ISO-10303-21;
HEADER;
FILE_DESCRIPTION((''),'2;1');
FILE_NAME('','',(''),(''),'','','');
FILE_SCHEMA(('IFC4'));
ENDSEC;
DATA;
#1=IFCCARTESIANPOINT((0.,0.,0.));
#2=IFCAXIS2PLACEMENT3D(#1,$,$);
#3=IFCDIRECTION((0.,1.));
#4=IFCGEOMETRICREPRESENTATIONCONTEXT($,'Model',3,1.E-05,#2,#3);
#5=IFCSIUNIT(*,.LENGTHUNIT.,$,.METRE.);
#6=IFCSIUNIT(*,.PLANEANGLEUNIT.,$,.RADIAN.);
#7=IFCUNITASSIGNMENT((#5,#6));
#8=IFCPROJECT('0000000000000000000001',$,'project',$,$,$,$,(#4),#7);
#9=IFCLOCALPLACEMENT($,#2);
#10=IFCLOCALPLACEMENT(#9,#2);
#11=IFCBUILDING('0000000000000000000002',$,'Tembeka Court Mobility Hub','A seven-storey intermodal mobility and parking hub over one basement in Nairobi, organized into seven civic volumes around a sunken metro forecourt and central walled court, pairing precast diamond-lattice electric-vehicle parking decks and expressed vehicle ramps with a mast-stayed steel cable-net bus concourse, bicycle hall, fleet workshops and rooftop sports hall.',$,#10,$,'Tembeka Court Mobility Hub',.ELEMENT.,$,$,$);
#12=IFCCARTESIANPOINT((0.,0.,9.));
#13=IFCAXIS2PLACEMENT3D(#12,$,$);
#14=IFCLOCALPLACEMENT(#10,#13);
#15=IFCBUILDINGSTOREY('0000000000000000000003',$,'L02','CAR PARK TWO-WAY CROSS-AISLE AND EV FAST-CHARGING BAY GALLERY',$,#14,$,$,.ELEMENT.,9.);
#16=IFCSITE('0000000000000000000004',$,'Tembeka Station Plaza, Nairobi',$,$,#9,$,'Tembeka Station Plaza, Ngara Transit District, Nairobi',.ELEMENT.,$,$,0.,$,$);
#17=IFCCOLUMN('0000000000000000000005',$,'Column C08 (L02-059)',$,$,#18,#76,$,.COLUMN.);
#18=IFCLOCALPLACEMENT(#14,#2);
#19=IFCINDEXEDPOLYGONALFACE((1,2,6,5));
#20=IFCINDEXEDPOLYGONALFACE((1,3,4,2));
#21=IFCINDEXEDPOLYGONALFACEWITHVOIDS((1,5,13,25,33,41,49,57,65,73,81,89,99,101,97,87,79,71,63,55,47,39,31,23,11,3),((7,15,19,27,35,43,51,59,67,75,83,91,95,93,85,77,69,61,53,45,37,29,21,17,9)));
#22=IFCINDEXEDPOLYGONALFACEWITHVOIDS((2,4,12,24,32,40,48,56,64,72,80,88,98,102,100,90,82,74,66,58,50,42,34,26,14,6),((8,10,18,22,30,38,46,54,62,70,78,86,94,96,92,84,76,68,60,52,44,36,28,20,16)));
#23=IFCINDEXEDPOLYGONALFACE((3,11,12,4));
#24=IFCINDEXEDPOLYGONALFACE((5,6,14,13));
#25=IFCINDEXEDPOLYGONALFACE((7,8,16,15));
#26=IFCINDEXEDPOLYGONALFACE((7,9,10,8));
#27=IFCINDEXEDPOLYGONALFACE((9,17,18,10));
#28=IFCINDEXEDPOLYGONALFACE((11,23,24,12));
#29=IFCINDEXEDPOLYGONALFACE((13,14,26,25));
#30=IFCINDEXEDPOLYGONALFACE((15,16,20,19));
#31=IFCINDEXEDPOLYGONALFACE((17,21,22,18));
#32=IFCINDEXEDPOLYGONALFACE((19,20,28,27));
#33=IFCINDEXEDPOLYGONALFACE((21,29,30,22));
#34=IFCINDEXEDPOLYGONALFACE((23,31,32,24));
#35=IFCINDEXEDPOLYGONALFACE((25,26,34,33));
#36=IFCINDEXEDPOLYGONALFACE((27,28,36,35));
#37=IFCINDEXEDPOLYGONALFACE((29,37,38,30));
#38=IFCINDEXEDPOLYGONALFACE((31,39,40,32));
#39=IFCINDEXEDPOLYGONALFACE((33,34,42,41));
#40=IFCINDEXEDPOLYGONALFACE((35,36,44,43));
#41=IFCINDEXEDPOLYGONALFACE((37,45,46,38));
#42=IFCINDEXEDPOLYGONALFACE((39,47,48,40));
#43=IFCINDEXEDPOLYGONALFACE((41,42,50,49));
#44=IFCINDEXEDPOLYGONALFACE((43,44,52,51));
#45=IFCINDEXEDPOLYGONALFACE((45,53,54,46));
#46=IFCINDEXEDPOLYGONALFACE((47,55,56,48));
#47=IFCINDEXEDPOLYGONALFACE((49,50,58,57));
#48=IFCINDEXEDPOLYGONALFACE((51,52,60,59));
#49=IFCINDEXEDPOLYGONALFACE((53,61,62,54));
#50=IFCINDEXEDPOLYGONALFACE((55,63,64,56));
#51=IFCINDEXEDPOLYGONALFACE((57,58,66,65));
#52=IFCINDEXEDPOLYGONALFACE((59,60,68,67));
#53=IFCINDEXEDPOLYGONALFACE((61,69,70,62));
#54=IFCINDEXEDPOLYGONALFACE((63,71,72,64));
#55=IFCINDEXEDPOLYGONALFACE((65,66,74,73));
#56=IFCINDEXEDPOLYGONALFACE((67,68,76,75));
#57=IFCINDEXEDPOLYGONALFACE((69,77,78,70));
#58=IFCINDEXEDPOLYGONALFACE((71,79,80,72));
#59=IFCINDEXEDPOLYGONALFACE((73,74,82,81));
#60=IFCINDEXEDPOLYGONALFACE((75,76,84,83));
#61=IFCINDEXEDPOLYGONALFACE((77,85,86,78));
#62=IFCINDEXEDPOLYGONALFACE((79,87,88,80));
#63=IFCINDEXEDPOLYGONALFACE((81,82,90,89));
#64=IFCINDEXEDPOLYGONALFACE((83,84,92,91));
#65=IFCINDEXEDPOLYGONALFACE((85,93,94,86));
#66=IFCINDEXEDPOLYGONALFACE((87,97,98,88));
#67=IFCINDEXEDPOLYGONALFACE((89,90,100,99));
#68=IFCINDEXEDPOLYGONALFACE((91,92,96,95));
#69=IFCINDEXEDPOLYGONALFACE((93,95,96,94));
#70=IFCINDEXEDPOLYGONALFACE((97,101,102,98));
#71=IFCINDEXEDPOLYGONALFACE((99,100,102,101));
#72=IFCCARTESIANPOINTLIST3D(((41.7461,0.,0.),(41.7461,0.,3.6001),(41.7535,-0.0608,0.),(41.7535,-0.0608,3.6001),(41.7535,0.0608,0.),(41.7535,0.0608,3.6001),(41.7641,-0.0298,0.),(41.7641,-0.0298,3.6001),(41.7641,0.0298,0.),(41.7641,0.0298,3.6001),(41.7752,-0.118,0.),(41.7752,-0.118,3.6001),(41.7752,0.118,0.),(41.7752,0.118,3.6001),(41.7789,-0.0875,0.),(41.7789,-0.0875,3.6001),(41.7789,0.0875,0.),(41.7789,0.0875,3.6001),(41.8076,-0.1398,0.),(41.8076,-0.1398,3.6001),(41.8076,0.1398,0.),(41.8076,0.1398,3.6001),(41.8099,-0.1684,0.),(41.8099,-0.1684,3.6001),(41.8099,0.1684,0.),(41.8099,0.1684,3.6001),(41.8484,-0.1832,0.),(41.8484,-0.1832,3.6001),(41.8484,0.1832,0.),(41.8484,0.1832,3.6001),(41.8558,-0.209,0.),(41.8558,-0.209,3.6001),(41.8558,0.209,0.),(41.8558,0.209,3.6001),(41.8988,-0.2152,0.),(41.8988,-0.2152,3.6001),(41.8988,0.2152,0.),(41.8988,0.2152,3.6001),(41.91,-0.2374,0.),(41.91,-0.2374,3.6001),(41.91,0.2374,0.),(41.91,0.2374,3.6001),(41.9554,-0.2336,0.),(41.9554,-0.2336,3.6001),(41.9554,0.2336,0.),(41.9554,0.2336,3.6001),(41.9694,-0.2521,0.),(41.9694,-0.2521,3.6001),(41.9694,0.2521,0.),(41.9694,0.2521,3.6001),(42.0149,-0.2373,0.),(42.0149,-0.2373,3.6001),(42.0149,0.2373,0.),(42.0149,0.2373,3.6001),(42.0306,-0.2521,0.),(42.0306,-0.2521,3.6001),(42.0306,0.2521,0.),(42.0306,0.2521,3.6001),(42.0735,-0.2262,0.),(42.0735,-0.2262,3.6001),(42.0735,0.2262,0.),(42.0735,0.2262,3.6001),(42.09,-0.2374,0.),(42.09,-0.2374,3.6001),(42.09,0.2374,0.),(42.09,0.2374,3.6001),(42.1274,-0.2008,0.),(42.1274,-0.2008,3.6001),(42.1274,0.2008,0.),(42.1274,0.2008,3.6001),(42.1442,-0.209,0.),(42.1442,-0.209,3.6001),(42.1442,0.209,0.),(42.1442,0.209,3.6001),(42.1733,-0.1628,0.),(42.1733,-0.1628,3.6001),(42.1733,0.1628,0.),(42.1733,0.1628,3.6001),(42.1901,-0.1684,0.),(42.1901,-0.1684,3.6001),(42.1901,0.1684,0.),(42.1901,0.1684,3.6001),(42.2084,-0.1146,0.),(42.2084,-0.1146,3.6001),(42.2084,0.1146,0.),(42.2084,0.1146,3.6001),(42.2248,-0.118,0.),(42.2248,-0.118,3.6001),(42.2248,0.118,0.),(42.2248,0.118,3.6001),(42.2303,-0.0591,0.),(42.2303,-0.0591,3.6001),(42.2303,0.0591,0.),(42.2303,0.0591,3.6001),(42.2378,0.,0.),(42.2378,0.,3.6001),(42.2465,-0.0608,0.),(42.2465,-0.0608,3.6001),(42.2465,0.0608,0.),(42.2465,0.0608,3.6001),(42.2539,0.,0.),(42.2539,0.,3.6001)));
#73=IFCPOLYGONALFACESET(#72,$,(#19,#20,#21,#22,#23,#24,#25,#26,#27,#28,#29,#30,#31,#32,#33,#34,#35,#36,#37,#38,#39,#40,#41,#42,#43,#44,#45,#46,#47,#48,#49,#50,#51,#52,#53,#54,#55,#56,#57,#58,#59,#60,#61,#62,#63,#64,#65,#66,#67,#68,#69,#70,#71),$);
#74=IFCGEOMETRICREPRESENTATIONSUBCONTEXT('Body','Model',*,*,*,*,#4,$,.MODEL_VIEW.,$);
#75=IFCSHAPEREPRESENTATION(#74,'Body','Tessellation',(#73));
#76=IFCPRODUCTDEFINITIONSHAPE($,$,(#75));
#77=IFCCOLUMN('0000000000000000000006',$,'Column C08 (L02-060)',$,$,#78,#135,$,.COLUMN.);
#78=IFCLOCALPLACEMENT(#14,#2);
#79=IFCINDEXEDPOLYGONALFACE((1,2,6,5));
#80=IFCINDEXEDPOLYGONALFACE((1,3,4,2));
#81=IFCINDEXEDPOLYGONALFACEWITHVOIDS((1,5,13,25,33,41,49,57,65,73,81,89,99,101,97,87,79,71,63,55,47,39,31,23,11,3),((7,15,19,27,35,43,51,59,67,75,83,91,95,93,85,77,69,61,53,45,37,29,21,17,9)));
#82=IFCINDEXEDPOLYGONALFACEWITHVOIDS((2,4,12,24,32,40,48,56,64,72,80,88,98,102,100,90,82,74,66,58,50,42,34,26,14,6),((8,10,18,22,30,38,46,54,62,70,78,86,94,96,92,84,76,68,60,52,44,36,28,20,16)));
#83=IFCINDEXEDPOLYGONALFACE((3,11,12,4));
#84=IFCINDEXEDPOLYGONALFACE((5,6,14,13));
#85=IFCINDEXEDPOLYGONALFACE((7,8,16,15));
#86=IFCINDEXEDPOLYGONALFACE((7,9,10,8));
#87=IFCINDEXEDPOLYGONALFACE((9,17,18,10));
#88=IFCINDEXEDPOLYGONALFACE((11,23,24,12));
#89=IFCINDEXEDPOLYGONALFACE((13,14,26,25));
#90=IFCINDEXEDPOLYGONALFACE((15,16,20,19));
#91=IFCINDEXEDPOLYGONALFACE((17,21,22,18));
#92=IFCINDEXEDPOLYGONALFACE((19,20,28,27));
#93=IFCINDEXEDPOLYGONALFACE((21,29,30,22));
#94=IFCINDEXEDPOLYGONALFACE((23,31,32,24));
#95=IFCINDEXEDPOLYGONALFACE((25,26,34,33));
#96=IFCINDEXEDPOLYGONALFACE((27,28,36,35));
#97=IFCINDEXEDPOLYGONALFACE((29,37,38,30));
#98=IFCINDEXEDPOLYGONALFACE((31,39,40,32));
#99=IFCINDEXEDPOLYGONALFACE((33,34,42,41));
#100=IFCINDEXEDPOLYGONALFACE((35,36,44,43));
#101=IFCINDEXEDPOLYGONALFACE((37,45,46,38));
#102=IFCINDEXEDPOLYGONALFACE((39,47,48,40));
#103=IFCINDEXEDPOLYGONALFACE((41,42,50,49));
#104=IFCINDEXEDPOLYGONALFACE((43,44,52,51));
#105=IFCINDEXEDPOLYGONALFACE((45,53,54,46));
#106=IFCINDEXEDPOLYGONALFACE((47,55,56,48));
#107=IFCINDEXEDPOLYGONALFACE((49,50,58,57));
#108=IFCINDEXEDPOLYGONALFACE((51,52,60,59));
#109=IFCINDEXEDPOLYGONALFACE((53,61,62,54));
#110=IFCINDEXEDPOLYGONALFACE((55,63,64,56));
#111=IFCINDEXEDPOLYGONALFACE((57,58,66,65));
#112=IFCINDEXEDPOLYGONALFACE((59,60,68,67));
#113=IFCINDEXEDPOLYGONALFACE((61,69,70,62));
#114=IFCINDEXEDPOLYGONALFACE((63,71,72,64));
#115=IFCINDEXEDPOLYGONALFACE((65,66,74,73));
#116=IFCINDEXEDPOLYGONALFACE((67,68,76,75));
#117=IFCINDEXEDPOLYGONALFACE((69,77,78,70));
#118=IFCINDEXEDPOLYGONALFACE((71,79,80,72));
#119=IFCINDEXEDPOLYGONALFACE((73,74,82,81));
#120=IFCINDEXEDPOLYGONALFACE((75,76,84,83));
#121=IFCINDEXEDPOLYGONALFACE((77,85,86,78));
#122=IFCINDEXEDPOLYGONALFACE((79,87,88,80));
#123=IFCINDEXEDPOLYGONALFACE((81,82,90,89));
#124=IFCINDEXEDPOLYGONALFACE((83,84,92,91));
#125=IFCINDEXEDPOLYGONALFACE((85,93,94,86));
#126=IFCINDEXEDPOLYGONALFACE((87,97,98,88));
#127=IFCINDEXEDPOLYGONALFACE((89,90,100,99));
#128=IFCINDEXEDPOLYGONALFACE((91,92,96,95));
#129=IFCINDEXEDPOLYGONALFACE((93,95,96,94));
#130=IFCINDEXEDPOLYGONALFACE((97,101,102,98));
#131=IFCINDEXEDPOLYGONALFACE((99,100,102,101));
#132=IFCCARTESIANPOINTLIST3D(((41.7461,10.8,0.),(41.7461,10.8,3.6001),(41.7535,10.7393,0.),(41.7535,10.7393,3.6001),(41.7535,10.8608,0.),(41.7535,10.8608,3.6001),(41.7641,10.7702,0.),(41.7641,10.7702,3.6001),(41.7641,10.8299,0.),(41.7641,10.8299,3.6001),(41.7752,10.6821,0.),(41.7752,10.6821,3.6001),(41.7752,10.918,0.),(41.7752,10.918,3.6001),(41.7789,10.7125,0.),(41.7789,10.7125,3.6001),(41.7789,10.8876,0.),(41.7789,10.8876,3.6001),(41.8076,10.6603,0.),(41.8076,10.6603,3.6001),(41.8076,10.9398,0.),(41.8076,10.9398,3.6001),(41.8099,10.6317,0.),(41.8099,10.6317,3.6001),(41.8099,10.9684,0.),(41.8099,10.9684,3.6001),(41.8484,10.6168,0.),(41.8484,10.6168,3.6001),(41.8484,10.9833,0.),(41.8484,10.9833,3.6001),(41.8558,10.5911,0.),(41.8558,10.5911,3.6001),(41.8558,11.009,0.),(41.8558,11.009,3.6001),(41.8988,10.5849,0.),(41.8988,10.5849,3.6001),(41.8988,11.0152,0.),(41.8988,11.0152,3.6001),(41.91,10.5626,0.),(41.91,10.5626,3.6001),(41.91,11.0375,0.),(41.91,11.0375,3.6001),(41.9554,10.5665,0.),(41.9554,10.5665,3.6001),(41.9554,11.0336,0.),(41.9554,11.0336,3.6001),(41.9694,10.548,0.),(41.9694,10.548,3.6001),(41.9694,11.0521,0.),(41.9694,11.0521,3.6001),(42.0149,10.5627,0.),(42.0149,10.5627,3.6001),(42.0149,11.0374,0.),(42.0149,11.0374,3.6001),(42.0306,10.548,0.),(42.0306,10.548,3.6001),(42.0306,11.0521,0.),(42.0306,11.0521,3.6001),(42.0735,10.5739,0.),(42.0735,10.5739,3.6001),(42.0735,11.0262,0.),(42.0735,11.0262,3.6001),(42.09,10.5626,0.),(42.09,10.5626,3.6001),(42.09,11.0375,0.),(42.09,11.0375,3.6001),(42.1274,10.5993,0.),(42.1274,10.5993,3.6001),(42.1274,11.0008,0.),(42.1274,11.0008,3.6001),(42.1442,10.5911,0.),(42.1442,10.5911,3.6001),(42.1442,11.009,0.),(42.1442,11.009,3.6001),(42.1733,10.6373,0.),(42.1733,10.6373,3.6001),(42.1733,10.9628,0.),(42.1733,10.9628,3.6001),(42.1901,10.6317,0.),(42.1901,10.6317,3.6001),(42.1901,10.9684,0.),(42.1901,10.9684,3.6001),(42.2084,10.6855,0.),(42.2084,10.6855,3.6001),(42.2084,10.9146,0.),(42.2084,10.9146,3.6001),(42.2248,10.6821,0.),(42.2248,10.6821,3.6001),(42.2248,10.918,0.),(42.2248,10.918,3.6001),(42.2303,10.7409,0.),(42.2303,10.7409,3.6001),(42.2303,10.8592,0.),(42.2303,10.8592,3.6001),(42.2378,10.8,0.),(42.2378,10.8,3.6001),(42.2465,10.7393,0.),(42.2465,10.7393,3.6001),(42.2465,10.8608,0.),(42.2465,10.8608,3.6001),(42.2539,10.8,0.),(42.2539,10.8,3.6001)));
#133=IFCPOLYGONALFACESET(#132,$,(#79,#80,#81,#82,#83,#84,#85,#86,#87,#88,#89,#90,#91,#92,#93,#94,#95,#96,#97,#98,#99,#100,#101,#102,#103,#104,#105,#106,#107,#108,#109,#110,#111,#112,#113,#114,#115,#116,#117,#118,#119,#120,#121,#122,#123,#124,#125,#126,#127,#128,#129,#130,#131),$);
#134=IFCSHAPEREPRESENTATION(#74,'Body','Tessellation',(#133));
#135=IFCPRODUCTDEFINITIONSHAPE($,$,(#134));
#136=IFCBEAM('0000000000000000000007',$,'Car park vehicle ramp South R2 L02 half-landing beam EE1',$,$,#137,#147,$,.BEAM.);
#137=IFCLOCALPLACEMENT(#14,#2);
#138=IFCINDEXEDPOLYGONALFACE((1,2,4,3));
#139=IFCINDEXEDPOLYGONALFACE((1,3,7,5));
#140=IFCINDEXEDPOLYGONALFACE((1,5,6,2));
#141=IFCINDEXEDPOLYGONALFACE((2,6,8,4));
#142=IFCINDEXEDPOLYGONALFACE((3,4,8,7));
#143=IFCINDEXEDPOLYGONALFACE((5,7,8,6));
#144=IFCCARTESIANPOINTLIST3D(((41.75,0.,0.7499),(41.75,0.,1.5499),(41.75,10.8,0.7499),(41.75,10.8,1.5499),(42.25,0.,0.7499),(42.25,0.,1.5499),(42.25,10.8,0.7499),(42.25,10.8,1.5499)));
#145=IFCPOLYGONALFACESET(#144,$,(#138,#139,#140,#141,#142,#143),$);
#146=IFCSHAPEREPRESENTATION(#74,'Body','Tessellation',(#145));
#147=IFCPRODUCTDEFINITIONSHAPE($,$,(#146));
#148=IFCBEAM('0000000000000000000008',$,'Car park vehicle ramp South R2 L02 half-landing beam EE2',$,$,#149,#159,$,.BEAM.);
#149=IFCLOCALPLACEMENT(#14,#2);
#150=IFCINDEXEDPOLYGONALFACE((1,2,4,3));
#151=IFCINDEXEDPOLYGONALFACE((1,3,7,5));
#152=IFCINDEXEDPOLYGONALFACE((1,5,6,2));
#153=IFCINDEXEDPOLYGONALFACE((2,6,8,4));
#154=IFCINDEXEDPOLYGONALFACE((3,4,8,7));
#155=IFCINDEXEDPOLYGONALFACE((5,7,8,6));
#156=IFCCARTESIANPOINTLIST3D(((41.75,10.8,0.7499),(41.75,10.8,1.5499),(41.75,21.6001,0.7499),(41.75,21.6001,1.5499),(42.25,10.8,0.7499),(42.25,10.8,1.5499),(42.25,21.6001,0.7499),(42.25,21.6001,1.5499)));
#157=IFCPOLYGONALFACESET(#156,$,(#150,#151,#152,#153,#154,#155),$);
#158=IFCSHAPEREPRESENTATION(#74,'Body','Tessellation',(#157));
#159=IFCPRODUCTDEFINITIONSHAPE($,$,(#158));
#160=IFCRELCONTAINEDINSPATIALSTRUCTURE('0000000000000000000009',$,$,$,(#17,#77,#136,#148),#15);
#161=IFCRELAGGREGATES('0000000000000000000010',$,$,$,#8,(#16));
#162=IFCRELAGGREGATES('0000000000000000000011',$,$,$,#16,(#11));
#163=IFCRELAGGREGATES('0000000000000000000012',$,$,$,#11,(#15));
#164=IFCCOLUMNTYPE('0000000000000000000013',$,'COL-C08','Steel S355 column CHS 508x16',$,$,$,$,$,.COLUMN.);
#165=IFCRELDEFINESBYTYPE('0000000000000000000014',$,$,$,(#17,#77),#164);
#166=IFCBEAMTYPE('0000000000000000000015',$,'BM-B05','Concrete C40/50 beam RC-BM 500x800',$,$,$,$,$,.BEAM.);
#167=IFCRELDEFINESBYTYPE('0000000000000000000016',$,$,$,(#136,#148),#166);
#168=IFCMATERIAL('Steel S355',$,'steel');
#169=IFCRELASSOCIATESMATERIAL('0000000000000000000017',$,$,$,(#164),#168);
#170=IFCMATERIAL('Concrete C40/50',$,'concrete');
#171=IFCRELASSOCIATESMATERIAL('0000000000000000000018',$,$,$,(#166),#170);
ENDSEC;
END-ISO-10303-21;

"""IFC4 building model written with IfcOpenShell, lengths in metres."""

from ifc_helpers import new_model, si_unit, direction, frame, origin, origin_2d, place, context, subcontext, project, spatial, rectangle, hollow_circle, extrude, material, material_profile, profile_set, type_object, element, save


model = new_model("IFC4")

# Units and contexts
model_context = context("Model", 3, precision=1e-05, world=origin(), true_north=direction((0.0, 1.0)))
body_context = subcontext(model_context, "Body", "Model", "MODEL_VIEW")
ifc_project = project(units=[si_unit("LENGTHUNIT", "METRE"), si_unit("PLANEANGLEUNIT", "RADIAN")], contexts=[model_context])

# Site, building, storey
site_placement = place(None, origin())
site = spatial("IfcSite", under=ifc_project, at=site_placement, Name="Tembeka Station Plaza, Nairobi", LongName="Tembeka Station Plaza, Ngara Transit District, Nairobi", CompositionType="ELEMENT", RefElevation=0.0)
building_placement = place(site_placement, origin())
building = spatial("IfcBuilding", under=site, at=building_placement, Name="Tembeka Court Mobility Hub", Description="A seven-storey intermodal mobility and parking hub over one basement in Nairobi, organized into seven civic volumes around a sunken metro forecourt and central walled court, pairing precast diamond-lattice electric-vehicle parking decks and expressed vehicle ramps with a mast-stayed steel cable-net bus concourse, bicycle hall, fleet workshops and rooftop sports hall.", LongName="Tembeka Court Mobility Hub", CompositionType="ELEMENT")
storey_placement = place(building_placement, frame((0.0, 0.0, 9.0)))
storey = spatial("IfcBuildingStorey", under=building, at=storey_placement, Name="L02", Description="CAR PARK TWO-WAY CROSS-AISLE AND EV FAST-CHARGING BAY GALLERY", CompositionType="ELEMENT", Elevation=9.0)

# Columns
ifc_material_1 = material(Name="Steel S355", Category="steel")
ifc_material_profile_1 = material_profile(ifc_material_1, hollow_circle(Radius=0.2539, WallThickness=0.0161, at=origin_2d()), Name="CHS 508x16")
ifc_profile_set_1 = profile_set([ifc_material_profile_1], Name="Steel S355")
column_type = type_object("IfcColumnType", Name="COL-C08", Description="Steel S355 column CHS 508x16", PredefinedType="COLUMN", material=ifc_profile_set_1)
for number, where, z_axis, x_axis, name in (
    (1, (42.0, 0.0, 0.0), (0.0, 0.0, 1.0), (1.0, 0.0, 0.0), "Column C08 (L02-059)"),
    (2, (42.0, 10.8, 0.0), (0.0, 0.0, 1.0), (1.0, 0.0, 0.0), "Column C08 (L02-060)"),
):
    element("IfcColumn", number, at=place(storey_placement, frame(where, z_axis=z_axis, x_axis=x_axis)), inside=storey, type_object=column_type, Name=name, PredefinedType="COLUMN", context=body_context, shape_type="SweptSolid", body=[
        extrude(hollow_circle(Radius=0.2539, WallThickness=0.0161, at=origin_2d()), origin(), (0.0, 0.0, 1.0), 3.6001),
    ])

# Beams
ifc_material_2 = material(Name="Concrete C40/50", Category="concrete")
ifc_material_profile_2 = material_profile(ifc_material_2, rectangle(XDim=0.5, YDim=0.8, at=origin_2d()), Name="RC-BM 500x800")
ifc_profile_set_2 = profile_set([ifc_material_profile_2], Name="Concrete C40/50")
beam_type_1 = type_object("IfcBeamType", Name="BM-B05", Description="Concrete C40/50 beam RC-BM 500x800", PredefinedType="BEAM", material=ifc_profile_set_2)
for number, where, z_axis, x_axis, name in (
    (3, (42.0, 0.0, 1.1499), (0.0, 1.0, 0.0), (-1.0, 0.0, 0.0), "Car park vehicle ramp South R2 L02 half-landing beam EE1"),
    (4, (42.0, 10.8, 1.1499), (0.0, 1.0, 0.0), (-1.0, 0.0, 0.0), "Car park vehicle ramp South R2 L02 half-landing beam EE2"),
):
    element("IfcBeam", number, at=place(storey_placement, frame(where, z_axis=z_axis, x_axis=x_axis)), inside=storey, type_object=beam_type_1, Name=name, PredefinedType="BEAM", context=body_context, shape_type="SweptSolid", body=[
        extrude(rectangle(XDim=0.5, YDim=0.8, at=origin_2d()), origin(), (0.0, 0.0, 1.0), 10.8),
    ])

save(model, "model.ifc")
